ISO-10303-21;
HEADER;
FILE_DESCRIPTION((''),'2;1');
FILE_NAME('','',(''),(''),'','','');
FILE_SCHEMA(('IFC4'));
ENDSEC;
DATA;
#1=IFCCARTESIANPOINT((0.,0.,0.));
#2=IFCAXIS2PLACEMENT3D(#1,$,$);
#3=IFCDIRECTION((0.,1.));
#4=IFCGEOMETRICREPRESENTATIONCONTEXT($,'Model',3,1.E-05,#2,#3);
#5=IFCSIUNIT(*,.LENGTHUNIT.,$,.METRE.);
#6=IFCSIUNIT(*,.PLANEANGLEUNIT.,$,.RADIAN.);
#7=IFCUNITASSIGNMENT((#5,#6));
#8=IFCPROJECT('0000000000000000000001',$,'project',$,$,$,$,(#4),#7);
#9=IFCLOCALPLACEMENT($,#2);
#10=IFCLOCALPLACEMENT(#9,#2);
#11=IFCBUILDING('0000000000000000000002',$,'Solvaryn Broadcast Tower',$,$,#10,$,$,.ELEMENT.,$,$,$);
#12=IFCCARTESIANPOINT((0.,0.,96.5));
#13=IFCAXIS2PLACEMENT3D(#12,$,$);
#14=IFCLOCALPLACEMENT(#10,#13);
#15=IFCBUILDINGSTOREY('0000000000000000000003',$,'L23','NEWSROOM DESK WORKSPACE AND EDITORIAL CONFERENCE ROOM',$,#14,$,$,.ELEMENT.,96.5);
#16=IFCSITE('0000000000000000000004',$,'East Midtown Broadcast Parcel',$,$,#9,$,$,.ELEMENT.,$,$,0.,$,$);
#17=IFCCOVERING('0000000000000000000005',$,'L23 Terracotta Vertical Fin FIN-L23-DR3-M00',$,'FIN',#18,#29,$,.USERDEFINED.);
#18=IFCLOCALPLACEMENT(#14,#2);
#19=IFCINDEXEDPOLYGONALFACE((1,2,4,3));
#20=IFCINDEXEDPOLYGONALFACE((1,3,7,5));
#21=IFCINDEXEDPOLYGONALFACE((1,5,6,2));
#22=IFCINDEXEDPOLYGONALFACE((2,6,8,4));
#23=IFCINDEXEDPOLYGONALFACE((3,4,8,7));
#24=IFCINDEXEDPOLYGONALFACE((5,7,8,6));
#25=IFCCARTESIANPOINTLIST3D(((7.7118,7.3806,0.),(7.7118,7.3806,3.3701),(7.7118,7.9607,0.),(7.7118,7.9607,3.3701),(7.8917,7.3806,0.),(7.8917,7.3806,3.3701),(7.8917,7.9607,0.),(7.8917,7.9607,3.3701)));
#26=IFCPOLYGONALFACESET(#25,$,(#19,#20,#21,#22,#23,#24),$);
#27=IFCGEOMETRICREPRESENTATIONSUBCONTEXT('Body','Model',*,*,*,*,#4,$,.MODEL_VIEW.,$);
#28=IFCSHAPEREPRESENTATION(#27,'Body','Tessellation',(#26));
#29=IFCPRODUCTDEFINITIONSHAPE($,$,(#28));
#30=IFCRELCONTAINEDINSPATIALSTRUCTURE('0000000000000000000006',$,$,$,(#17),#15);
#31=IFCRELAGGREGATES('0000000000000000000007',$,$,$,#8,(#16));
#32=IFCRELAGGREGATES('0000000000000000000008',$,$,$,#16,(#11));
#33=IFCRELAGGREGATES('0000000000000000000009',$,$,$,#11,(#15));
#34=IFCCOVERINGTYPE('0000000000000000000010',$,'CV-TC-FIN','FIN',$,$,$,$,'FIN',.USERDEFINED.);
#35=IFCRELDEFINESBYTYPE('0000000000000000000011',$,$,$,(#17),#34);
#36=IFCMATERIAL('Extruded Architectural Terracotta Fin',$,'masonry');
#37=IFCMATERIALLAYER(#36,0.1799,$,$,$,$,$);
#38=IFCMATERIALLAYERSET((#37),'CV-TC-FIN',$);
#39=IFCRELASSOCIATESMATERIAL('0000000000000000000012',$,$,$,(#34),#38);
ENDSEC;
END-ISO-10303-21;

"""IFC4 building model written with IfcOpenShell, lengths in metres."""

from ifc_helpers import new_model, si_unit, direction, frame, origin, origin_2d, place, context, subcontext, project, spatial, rectangle, extrude, material, layer, layer_set, type_object, element, save


model = new_model("IFC4")

# Units and contexts
model_context = context("Model", 3, precision=1e-05, world=origin(), true_north=direction((0.0, 1.0)))
body_context = subcontext(model_context, "Body", "Model", "MODEL_VIEW")
ifc_project = project(units=[si_unit("LENGTHUNIT", "METRE"), si_unit("PLANEANGLEUNIT", "RADIAN")], contexts=[model_context])

# Site, building, storey
site_placement = place(None, origin())
site = spatial("IfcSite", under=ifc_project, at=site_placement, Name="East Midtown Broadcast Parcel", CompositionType="ELEMENT", RefElevation=0.0)
building_placement = place(site_placement, origin())
building = spatial("IfcBuilding", under=site, at=building_placement, Name="Solvaryn Broadcast Tower", CompositionType="ELEMENT")
storey_placement = place(building_placement, frame((0.0, 0.0, 96.5)))
storey = spatial("IfcBuildingStorey", under=building, at=storey_placement, Name="L23", Description="NEWSROOM DESK WORKSPACE AND EDITORIAL CONFERENCE ROOM", CompositionType="ELEMENT", Elevation=96.5)

# Covering
ifc_material_1 = material(Name="Extruded Architectural Terracotta Fin", Category="masonry")
ifc_layer_1 = layer(ifc_material_1, 0.1799)
ifc_layer_set_1 = layer_set([ifc_layer_1], Name="CV-TC-FIN")
covering_type_1 = type_object("IfcCoveringType", Name="CV-TC-FIN", Description="FIN", ElementType="FIN", PredefinedType="USERDEFINED", material=ifc_layer_set_1)
covering_1_placement = place(storey_placement, frame((7.8018, 7.6707, 0.0), z_axis=(0.0, 0.0, 1.0), x_axis=(1.0, 0.0, 0.0)))
element("IfcCovering", 1, at=covering_1_placement, inside=storey, type_object=covering_type_1, Name="L23 Terracotta Vertical Fin FIN-L23-DR3-M00", ObjectType="FIN", PredefinedType="USERDEFINED", context=body_context, shape_type="SweptSolid", body=[
    extrude(rectangle(XDim=0.1799, YDim=0.5801, at=origin_2d()), origin(), (0.0, 0.0, 1.0), 3.3701),
])

save(model, "model.ifc")
